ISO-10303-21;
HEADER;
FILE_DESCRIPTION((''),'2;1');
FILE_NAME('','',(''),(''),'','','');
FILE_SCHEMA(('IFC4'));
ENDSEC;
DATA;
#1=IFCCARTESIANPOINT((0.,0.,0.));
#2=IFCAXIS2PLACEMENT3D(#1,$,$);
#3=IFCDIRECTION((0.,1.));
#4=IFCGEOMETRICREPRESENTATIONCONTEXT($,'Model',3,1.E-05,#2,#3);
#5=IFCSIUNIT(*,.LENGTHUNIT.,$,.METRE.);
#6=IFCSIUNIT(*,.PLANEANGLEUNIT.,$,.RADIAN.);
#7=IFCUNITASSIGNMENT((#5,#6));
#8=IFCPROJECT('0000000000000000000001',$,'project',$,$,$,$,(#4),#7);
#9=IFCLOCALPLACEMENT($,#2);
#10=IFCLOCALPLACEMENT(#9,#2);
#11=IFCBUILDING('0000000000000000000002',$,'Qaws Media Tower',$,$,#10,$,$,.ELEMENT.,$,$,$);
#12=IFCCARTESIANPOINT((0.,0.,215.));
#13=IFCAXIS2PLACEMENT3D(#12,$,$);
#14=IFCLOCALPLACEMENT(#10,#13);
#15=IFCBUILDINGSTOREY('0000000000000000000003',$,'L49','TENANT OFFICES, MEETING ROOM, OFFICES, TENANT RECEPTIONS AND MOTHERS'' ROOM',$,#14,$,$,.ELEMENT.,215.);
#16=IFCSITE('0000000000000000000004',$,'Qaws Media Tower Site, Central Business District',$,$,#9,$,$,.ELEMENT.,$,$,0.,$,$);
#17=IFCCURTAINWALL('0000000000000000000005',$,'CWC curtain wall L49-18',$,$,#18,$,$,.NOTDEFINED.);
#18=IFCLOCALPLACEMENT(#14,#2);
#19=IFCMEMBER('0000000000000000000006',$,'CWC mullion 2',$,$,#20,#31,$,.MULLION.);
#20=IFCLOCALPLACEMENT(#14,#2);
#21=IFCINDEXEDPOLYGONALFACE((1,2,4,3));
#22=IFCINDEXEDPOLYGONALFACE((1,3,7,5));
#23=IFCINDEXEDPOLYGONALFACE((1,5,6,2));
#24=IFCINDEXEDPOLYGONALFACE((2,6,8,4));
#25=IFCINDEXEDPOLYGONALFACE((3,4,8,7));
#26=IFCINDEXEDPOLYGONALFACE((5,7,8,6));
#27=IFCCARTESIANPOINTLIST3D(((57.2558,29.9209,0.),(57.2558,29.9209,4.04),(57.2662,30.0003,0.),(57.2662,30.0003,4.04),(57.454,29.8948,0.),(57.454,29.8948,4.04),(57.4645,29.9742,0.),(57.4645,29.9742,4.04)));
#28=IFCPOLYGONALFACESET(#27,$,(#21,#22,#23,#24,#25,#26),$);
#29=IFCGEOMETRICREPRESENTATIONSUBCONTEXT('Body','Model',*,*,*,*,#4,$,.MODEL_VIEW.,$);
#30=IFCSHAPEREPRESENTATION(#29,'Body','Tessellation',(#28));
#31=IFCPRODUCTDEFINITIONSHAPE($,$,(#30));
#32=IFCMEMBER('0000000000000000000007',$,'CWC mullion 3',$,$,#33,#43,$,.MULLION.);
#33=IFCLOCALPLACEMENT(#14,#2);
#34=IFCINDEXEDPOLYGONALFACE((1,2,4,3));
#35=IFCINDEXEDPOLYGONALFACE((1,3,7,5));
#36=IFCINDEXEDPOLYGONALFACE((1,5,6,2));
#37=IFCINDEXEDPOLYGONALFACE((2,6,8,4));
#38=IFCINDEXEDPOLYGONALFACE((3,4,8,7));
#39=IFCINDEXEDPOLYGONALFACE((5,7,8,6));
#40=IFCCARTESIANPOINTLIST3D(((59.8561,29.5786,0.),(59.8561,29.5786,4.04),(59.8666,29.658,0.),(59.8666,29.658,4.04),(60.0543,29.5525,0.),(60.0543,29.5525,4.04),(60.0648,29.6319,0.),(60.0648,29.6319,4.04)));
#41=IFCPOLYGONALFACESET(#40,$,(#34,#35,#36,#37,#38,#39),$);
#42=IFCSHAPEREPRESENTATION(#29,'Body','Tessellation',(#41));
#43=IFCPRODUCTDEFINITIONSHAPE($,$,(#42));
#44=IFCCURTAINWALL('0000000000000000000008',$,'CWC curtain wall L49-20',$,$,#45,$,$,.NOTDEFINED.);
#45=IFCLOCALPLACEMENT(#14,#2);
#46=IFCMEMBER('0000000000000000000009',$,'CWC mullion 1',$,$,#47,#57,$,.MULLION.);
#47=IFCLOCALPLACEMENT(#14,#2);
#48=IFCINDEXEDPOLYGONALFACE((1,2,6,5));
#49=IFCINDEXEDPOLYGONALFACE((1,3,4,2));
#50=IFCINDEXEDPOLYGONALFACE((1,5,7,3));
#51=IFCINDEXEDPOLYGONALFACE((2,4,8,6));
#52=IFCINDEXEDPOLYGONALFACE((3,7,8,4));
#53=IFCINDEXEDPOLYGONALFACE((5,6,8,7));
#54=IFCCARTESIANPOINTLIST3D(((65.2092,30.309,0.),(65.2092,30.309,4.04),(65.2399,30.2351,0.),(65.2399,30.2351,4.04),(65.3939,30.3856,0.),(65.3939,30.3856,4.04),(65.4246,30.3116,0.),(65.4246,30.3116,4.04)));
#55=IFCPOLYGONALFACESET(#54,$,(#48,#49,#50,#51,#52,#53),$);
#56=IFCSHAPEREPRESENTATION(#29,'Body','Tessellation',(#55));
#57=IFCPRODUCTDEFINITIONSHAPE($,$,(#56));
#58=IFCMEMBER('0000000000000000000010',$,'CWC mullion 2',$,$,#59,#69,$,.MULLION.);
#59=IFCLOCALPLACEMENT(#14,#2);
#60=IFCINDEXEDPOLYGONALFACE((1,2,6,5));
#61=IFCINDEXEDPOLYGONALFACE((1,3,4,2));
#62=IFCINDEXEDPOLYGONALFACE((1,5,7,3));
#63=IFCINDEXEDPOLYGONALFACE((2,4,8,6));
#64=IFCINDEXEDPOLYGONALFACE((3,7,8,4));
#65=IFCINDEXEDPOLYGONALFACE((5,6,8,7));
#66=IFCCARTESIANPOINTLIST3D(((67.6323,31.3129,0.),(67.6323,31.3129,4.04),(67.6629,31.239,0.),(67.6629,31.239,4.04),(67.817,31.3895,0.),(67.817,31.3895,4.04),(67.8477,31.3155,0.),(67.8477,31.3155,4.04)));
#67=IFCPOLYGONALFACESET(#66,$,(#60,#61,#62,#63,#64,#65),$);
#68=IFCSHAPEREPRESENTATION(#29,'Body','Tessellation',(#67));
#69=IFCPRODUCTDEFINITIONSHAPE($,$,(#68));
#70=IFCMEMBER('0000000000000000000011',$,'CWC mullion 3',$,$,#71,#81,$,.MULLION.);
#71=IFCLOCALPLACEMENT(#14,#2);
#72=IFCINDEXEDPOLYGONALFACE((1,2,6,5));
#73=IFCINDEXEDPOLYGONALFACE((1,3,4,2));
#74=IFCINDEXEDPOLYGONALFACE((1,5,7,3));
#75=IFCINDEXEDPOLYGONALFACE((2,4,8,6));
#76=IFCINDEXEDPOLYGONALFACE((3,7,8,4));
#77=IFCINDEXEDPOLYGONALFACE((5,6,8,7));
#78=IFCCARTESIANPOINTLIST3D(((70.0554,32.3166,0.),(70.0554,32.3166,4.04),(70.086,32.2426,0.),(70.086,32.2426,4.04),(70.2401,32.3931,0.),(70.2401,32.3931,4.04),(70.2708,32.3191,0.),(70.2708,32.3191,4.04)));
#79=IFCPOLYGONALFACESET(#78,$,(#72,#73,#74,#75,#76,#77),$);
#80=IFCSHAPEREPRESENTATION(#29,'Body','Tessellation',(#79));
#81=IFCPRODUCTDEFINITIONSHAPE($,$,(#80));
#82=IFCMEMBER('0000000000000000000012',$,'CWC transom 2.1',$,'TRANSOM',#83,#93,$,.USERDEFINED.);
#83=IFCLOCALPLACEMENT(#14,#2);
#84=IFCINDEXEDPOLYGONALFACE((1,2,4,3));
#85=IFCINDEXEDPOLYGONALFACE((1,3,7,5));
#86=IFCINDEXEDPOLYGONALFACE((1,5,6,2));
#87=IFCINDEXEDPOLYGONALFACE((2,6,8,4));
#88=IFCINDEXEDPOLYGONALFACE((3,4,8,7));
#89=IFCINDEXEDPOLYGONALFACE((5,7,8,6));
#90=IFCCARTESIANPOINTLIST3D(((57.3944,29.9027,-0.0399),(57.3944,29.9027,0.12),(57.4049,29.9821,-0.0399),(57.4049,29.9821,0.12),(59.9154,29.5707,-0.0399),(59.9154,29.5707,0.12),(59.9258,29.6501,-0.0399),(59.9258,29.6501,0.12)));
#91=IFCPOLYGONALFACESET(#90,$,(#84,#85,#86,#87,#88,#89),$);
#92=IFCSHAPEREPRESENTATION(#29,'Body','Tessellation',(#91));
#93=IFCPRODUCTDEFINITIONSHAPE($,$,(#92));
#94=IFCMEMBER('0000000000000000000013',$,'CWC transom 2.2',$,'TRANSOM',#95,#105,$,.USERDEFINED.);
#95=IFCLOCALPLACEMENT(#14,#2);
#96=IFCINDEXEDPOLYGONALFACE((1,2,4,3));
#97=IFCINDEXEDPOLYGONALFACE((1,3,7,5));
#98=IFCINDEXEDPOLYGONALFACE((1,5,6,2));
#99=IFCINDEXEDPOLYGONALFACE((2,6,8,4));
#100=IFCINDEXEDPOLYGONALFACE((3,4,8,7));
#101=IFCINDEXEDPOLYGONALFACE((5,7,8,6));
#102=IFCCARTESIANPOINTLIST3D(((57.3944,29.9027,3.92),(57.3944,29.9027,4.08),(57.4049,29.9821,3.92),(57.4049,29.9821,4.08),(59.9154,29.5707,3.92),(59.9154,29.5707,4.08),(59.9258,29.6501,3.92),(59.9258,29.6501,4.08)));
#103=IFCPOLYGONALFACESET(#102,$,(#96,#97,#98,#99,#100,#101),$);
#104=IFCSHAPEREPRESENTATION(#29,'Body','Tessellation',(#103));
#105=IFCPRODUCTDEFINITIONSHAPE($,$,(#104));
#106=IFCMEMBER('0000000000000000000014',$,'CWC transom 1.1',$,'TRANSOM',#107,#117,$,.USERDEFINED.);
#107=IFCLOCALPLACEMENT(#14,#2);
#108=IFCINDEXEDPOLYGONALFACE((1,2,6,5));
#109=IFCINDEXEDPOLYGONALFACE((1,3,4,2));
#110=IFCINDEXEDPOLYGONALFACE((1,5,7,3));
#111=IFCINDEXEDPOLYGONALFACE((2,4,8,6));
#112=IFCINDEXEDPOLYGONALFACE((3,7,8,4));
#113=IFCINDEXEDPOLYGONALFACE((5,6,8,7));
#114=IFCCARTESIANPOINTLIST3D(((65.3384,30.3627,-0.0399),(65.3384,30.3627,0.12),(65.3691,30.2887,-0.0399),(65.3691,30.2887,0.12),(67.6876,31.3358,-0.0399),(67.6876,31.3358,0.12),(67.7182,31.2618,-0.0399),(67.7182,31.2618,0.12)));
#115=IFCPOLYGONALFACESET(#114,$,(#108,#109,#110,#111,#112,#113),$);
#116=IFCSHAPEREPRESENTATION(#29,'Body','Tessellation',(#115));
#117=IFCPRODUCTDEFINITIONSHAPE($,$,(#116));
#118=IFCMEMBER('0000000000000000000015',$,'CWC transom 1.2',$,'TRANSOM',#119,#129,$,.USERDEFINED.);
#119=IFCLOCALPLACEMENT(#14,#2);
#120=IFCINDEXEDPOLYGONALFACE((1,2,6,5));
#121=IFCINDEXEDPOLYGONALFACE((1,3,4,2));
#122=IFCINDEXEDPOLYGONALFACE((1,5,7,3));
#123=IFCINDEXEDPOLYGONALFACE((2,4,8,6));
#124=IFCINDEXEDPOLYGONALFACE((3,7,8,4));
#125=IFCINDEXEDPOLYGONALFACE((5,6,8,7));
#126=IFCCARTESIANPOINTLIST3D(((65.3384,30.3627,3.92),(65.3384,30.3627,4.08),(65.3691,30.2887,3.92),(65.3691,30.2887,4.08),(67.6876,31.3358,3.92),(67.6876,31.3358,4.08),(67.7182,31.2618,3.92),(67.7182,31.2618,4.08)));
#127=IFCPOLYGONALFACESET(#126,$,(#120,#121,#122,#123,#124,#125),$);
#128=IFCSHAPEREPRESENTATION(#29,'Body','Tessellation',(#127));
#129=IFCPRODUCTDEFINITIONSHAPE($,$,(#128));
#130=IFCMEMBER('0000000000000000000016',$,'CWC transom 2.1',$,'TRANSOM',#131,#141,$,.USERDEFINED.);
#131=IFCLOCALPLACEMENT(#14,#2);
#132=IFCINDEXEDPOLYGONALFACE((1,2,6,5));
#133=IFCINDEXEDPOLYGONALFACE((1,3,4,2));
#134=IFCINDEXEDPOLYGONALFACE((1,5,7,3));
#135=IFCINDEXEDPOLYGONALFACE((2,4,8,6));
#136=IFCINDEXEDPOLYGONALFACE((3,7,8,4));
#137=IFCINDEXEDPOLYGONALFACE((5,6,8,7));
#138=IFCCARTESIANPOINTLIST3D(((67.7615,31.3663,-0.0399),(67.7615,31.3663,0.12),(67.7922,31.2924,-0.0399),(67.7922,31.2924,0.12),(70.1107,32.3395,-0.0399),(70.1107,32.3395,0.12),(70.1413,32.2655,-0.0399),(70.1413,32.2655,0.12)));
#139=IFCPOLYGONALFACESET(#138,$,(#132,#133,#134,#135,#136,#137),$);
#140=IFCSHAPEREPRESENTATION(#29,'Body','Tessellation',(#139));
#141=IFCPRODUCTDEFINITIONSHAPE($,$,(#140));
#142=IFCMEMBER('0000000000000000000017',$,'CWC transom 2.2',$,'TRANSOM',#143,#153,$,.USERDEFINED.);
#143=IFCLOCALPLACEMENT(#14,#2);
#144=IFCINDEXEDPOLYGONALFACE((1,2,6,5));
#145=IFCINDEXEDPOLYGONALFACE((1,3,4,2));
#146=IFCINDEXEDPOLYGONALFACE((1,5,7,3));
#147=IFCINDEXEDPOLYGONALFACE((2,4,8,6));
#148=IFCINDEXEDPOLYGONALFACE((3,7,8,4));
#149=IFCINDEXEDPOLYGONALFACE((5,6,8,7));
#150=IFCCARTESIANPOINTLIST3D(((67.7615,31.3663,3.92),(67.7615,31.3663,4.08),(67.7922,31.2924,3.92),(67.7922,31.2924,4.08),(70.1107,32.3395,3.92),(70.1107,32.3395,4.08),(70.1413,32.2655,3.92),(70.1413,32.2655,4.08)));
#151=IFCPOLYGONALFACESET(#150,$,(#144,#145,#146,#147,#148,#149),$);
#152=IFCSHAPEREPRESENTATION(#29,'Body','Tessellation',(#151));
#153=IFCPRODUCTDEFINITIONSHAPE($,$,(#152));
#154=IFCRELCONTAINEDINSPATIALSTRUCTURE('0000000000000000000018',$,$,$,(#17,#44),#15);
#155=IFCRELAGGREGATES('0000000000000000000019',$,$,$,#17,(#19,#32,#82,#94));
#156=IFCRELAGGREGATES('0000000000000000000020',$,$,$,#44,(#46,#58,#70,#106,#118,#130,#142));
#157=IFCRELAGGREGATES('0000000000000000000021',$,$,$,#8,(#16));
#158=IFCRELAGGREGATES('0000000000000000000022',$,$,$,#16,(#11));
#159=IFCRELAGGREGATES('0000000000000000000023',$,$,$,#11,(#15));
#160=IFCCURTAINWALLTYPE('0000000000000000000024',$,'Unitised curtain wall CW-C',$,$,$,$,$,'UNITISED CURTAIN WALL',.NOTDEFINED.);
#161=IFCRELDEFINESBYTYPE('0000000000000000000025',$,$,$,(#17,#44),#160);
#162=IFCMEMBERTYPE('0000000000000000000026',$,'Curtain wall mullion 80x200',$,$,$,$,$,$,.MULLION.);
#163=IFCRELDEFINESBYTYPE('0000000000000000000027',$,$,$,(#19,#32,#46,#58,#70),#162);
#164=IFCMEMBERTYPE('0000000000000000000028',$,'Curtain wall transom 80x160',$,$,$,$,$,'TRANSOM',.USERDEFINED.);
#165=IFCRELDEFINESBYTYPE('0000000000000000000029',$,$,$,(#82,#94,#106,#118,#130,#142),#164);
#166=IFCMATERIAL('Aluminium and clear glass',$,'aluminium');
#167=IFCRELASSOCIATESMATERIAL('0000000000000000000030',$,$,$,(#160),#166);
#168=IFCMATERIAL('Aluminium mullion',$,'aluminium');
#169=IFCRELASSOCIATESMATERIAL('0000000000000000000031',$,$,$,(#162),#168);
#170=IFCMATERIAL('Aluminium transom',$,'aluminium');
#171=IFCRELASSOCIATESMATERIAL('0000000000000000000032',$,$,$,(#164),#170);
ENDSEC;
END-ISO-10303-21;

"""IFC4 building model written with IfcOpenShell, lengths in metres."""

from ifc_helpers import new_model, si_unit, direction, frame, origin, origin_2d, place, context, subcontext, project, spatial, rectangle, extrude, material, material_profile, profile_set, type_object, element, aggregate, save


model = new_model("IFC4")

# Units and contexts
model_context = context("Model", 3, precision=1e-05, world=origin(), true_north=direction((0.0, 1.0)))
body_context = subcontext(model_context, "Body", "Model", "MODEL_VIEW")
ifc_project = project(units=[si_unit("LENGTHUNIT", "METRE"), si_unit("PLANEANGLEUNIT", "RADIAN")], contexts=[model_context])

# Site, building, storey
site_placement = place(None, origin())
site = spatial("IfcSite", under=ifc_project, at=site_placement, Name="Qaws Media Tower Site, Central Business District", CompositionType="ELEMENT", RefElevation=0.0)
building_placement = place(site_placement, origin())
building = spatial("IfcBuilding", under=site, at=building_placement, Name="Qaws Media Tower", CompositionType="ELEMENT")
storey_placement = place(building_placement, frame((0.0, 0.0, 215.0)))
storey = spatial("IfcBuildingStorey", under=building, at=storey_placement, Name="L49", Description="TENANT OFFICES, MEETING ROOM, OFFICES, TENANT RECEPTIONS AND MOTHERS' ROOM", CompositionType="ELEMENT", Elevation=215.0)

# Curtain walls, members
ifc_material_1 = material(Name="Aluminium and clear glass", Category="aluminium")
curtain_wall_type = type_object("IfcCurtainWallType", Name="Unitised curtain wall CW-C", ElementType="UNITISED CURTAIN WALL", PredefinedType="NOTDEFINED", material=ifc_material_1)
curtain_wall_1_placement = place(storey_placement, origin())
curtain_wall_1 = element("IfcCurtainWall", 1, at=curtain_wall_1_placement, inside=storey, type_object=curtain_wall_type, Name="CWC curtain wall L49-18", PredefinedType="NOTDEFINED")
ifc_material_2 = material(Name="Aluminium mullion", Category="aluminium")
ifc_material_profile_1 = material_profile(ifc_material_2, rectangle(XDim=0.0801, YDim=0.2, at=origin_2d()), Name="80x200")
ifc_profile_set_1 = profile_set([ifc_material_profile_1], Name="Aluminium mullion")
member_type_1 = type_object("IfcMemberType", Name="Curtain wall mullion 80x200", PredefinedType="MULLION", material=ifc_profile_set_1)
member_1_placement = place(storey_placement, frame((57.3601, 29.9475, 0.0), z_axis=(0.0, 0.0, 1.0), x_axis=(0.130526, 0.991445, 0.0)))
member_1 = element("IfcMember", 2, at=member_1_placement, type_object=member_type_1, Name="CWC mullion 2", PredefinedType="MULLION", context=body_context, shape_type="SweptSolid", body=[
    extrude(rectangle(XDim=0.0801, YDim=0.2, at=origin_2d()), origin(), (0.0, 0.0, 1.0), 4.04),
])
member_2_placement = place(storey_placement, frame((59.9604, 29.6052, 0.0), z_axis=(0.0, 0.0, 1.0), x_axis=(0.130526, 0.991445, 0.0)))
member_2 = element("IfcMember", 3, at=member_2_placement, type_object=member_type_1, Name="CWC mullion 3", PredefinedType="MULLION", context=body_context, shape_type="SweptSolid", body=[
    extrude(rectangle(XDim=0.0801, YDim=0.2, at=origin_2d()), origin(), (0.0, 0.0, 1.0), 4.04),
])
curtain_wall_2_placement = place(storey_placement, origin())
curtain_wall_2 = element("IfcCurtainWall", 4, at=curtain_wall_2_placement, inside=storey, type_object=curtain_wall_type, Name="CWC curtain wall L49-20", PredefinedType="NOTDEFINED")
member_3_placement = place(storey_placement, frame((65.3169, 30.3103, 0.0), z_axis=(0.0, 0.0, 1.0), x_axis=(-0.382684, 0.923879, 0.0)))
member_3 = element("IfcMember", 5, at=member_3_placement, type_object=member_type_1, Name="CWC mullion 1", PredefinedType="MULLION", context=body_context, shape_type="SweptSolid", body=[
    extrude(rectangle(XDim=0.0801, YDim=0.2, at=origin_2d()), origin(), (0.0, 0.0, 1.0), 4.04),
])
member_4_placement = place(storey_placement, frame((67.74, 31.3142, 0.0), z_axis=(0.0, 0.0, 1.0), x_axis=(-0.382684, 0.923879, 0.0)))
member_4 = element("IfcMember", 6, at=member_4_placement, type_object=member_type_1, Name="CWC mullion 2", PredefinedType="MULLION", context=body_context, shape_type="SweptSolid", body=[
    extrude(rectangle(XDim=0.0801, YDim=0.2, at=origin_2d()), origin(), (0.0, 0.0, 1.0), 4.04),
])
member_5_placement = place(storey_placement, frame((70.1631, 32.3179, 0.0), z_axis=(0.0, 0.0, 1.0), x_axis=(-0.382684, 0.923879, 0.0)))
member_5 = element("IfcMember", 7, at=member_5_placement, type_object=member_type_1, Name="CWC mullion 3", PredefinedType="MULLION", context=body_context, shape_type="SweptSolid", body=[
    extrude(rectangle(XDim=0.0801, YDim=0.2, at=origin_2d()), origin(), (0.0, 0.0, 1.0), 4.04),
])

# Members
ifc_material_3 = material(Name="Aluminium transom", Category="aluminium")
ifc_material_profile_2 = material_profile(ifc_material_3, rectangle(XDim=0.0801, YDim=0.1599, at=origin_2d()), Name="80x160")
ifc_profile_set_2 = profile_set([ifc_material_profile_2], Name="Aluminium transom")
member_type_2 = type_object("IfcMemberType", Name="Curtain wall transom 80x160", ElementType="TRANSOM", PredefinedType="USERDEFINED", material=ifc_profile_set_2)
member_6_placement = place(storey_placement, frame((57.3997, 29.9424, 0.04), z_axis=(0.991438, -0.130579, 0.0), x_axis=(0.130579, 0.991438, 0.0)))
member_6 = element("IfcMember", 8, at=member_6_placement, type_object=member_type_2, Name="CWC transom 2.1", ObjectType="TRANSOM", PredefinedType="USERDEFINED", context=body_context, shape_type="SweptSolid", body=[
    extrude(rectangle(XDim=0.0801, YDim=0.1599, at=origin_2d()), origin(), (0.0, 0.0, 1.0), 2.5427),
])
member_7_placement = place(storey_placement, frame((57.3997, 29.9424, 4.0), z_axis=(0.991438, -0.130579, 0.0), x_axis=(0.130579, 0.991438, 0.0)))
member_7 = element("IfcMember", 9, at=member_7_placement, type_object=member_type_2, Name="CWC transom 2.2", ObjectType="TRANSOM", PredefinedType="USERDEFINED", context=body_context, shape_type="SweptSolid", body=[
    extrude(rectangle(XDim=0.0801, YDim=0.1599, at=origin_2d()), origin(), (0.0, 0.0, 1.0), 2.5427),
])
member_8_placement = place(storey_placement, frame((65.3538, 30.3257, 0.04), z_axis=(0.923865, 0.382719, 0.0), x_axis=(-0.382719, 0.923865, 0.0)))
member_8 = element("IfcMember", 10, at=member_8_placement, type_object=member_type_2, Name="CWC transom 1.1", ObjectType="TRANSOM", PredefinedType="USERDEFINED", context=body_context, shape_type="SweptSolid", body=[
    extrude(rectangle(XDim=0.0801, YDim=0.1599, at=origin_2d()), origin(), (0.0, 0.0, 1.0), 2.5427),
])
member_9_placement = place(storey_placement, frame((65.3538, 30.3257, 4.0), z_axis=(0.923865, 0.382719, 0.0), x_axis=(-0.382719, 0.923865, 0.0)))
member_9 = element("IfcMember", 11, at=member_9_placement, type_object=member_type_2, Name="CWC transom 1.2", ObjectType="TRANSOM", PredefinedType="USERDEFINED", context=body_context, shape_type="SweptSolid", body=[
    extrude(rectangle(XDim=0.0801, YDim=0.1599, at=origin_2d()), origin(), (0.0, 0.0, 1.0), 2.5427),
])
member_10_placement = place(storey_placement, frame((67.7769, 31.3293, 0.04), z_axis=(0.923865, 0.382719, 0.0), x_axis=(-0.382719, 0.923865, 0.0)))
member_10 = element("IfcMember", 12, at=member_10_placement, type_object=member_type_2, Name="CWC transom 2.1", ObjectType="TRANSOM", PredefinedType="USERDEFINED", context=body_context, shape_type="SweptSolid", body=[
    extrude(rectangle(XDim=0.0801, YDim=0.1599, at=origin_2d()), origin(), (0.0, 0.0, 1.0), 2.5427),
])
member_11_placement = place(storey_placement, frame((67.7769, 31.3293, 4.0), z_axis=(0.923865, 0.382719, 0.0), x_axis=(-0.382719, 0.923865, 0.0)))
member_11 = element("IfcMember", 13, at=member_11_placement, type_object=member_type_2, Name="CWC transom 2.2", ObjectType="TRANSOM", PredefinedType="USERDEFINED", context=body_context, shape_type="SweptSolid", body=[
    extrude(rectangle(XDim=0.0801, YDim=0.1599, at=origin_2d()), origin(), (0.0, 0.0, 1.0), 2.5427),
])

aggregate(curtain_wall_1, [member_1, member_2, member_6, member_7])
aggregate(curtain_wall_2, [member_3, member_4, member_5, member_8, member_9, member_10, member_11])

save(model, "model.ifc")
